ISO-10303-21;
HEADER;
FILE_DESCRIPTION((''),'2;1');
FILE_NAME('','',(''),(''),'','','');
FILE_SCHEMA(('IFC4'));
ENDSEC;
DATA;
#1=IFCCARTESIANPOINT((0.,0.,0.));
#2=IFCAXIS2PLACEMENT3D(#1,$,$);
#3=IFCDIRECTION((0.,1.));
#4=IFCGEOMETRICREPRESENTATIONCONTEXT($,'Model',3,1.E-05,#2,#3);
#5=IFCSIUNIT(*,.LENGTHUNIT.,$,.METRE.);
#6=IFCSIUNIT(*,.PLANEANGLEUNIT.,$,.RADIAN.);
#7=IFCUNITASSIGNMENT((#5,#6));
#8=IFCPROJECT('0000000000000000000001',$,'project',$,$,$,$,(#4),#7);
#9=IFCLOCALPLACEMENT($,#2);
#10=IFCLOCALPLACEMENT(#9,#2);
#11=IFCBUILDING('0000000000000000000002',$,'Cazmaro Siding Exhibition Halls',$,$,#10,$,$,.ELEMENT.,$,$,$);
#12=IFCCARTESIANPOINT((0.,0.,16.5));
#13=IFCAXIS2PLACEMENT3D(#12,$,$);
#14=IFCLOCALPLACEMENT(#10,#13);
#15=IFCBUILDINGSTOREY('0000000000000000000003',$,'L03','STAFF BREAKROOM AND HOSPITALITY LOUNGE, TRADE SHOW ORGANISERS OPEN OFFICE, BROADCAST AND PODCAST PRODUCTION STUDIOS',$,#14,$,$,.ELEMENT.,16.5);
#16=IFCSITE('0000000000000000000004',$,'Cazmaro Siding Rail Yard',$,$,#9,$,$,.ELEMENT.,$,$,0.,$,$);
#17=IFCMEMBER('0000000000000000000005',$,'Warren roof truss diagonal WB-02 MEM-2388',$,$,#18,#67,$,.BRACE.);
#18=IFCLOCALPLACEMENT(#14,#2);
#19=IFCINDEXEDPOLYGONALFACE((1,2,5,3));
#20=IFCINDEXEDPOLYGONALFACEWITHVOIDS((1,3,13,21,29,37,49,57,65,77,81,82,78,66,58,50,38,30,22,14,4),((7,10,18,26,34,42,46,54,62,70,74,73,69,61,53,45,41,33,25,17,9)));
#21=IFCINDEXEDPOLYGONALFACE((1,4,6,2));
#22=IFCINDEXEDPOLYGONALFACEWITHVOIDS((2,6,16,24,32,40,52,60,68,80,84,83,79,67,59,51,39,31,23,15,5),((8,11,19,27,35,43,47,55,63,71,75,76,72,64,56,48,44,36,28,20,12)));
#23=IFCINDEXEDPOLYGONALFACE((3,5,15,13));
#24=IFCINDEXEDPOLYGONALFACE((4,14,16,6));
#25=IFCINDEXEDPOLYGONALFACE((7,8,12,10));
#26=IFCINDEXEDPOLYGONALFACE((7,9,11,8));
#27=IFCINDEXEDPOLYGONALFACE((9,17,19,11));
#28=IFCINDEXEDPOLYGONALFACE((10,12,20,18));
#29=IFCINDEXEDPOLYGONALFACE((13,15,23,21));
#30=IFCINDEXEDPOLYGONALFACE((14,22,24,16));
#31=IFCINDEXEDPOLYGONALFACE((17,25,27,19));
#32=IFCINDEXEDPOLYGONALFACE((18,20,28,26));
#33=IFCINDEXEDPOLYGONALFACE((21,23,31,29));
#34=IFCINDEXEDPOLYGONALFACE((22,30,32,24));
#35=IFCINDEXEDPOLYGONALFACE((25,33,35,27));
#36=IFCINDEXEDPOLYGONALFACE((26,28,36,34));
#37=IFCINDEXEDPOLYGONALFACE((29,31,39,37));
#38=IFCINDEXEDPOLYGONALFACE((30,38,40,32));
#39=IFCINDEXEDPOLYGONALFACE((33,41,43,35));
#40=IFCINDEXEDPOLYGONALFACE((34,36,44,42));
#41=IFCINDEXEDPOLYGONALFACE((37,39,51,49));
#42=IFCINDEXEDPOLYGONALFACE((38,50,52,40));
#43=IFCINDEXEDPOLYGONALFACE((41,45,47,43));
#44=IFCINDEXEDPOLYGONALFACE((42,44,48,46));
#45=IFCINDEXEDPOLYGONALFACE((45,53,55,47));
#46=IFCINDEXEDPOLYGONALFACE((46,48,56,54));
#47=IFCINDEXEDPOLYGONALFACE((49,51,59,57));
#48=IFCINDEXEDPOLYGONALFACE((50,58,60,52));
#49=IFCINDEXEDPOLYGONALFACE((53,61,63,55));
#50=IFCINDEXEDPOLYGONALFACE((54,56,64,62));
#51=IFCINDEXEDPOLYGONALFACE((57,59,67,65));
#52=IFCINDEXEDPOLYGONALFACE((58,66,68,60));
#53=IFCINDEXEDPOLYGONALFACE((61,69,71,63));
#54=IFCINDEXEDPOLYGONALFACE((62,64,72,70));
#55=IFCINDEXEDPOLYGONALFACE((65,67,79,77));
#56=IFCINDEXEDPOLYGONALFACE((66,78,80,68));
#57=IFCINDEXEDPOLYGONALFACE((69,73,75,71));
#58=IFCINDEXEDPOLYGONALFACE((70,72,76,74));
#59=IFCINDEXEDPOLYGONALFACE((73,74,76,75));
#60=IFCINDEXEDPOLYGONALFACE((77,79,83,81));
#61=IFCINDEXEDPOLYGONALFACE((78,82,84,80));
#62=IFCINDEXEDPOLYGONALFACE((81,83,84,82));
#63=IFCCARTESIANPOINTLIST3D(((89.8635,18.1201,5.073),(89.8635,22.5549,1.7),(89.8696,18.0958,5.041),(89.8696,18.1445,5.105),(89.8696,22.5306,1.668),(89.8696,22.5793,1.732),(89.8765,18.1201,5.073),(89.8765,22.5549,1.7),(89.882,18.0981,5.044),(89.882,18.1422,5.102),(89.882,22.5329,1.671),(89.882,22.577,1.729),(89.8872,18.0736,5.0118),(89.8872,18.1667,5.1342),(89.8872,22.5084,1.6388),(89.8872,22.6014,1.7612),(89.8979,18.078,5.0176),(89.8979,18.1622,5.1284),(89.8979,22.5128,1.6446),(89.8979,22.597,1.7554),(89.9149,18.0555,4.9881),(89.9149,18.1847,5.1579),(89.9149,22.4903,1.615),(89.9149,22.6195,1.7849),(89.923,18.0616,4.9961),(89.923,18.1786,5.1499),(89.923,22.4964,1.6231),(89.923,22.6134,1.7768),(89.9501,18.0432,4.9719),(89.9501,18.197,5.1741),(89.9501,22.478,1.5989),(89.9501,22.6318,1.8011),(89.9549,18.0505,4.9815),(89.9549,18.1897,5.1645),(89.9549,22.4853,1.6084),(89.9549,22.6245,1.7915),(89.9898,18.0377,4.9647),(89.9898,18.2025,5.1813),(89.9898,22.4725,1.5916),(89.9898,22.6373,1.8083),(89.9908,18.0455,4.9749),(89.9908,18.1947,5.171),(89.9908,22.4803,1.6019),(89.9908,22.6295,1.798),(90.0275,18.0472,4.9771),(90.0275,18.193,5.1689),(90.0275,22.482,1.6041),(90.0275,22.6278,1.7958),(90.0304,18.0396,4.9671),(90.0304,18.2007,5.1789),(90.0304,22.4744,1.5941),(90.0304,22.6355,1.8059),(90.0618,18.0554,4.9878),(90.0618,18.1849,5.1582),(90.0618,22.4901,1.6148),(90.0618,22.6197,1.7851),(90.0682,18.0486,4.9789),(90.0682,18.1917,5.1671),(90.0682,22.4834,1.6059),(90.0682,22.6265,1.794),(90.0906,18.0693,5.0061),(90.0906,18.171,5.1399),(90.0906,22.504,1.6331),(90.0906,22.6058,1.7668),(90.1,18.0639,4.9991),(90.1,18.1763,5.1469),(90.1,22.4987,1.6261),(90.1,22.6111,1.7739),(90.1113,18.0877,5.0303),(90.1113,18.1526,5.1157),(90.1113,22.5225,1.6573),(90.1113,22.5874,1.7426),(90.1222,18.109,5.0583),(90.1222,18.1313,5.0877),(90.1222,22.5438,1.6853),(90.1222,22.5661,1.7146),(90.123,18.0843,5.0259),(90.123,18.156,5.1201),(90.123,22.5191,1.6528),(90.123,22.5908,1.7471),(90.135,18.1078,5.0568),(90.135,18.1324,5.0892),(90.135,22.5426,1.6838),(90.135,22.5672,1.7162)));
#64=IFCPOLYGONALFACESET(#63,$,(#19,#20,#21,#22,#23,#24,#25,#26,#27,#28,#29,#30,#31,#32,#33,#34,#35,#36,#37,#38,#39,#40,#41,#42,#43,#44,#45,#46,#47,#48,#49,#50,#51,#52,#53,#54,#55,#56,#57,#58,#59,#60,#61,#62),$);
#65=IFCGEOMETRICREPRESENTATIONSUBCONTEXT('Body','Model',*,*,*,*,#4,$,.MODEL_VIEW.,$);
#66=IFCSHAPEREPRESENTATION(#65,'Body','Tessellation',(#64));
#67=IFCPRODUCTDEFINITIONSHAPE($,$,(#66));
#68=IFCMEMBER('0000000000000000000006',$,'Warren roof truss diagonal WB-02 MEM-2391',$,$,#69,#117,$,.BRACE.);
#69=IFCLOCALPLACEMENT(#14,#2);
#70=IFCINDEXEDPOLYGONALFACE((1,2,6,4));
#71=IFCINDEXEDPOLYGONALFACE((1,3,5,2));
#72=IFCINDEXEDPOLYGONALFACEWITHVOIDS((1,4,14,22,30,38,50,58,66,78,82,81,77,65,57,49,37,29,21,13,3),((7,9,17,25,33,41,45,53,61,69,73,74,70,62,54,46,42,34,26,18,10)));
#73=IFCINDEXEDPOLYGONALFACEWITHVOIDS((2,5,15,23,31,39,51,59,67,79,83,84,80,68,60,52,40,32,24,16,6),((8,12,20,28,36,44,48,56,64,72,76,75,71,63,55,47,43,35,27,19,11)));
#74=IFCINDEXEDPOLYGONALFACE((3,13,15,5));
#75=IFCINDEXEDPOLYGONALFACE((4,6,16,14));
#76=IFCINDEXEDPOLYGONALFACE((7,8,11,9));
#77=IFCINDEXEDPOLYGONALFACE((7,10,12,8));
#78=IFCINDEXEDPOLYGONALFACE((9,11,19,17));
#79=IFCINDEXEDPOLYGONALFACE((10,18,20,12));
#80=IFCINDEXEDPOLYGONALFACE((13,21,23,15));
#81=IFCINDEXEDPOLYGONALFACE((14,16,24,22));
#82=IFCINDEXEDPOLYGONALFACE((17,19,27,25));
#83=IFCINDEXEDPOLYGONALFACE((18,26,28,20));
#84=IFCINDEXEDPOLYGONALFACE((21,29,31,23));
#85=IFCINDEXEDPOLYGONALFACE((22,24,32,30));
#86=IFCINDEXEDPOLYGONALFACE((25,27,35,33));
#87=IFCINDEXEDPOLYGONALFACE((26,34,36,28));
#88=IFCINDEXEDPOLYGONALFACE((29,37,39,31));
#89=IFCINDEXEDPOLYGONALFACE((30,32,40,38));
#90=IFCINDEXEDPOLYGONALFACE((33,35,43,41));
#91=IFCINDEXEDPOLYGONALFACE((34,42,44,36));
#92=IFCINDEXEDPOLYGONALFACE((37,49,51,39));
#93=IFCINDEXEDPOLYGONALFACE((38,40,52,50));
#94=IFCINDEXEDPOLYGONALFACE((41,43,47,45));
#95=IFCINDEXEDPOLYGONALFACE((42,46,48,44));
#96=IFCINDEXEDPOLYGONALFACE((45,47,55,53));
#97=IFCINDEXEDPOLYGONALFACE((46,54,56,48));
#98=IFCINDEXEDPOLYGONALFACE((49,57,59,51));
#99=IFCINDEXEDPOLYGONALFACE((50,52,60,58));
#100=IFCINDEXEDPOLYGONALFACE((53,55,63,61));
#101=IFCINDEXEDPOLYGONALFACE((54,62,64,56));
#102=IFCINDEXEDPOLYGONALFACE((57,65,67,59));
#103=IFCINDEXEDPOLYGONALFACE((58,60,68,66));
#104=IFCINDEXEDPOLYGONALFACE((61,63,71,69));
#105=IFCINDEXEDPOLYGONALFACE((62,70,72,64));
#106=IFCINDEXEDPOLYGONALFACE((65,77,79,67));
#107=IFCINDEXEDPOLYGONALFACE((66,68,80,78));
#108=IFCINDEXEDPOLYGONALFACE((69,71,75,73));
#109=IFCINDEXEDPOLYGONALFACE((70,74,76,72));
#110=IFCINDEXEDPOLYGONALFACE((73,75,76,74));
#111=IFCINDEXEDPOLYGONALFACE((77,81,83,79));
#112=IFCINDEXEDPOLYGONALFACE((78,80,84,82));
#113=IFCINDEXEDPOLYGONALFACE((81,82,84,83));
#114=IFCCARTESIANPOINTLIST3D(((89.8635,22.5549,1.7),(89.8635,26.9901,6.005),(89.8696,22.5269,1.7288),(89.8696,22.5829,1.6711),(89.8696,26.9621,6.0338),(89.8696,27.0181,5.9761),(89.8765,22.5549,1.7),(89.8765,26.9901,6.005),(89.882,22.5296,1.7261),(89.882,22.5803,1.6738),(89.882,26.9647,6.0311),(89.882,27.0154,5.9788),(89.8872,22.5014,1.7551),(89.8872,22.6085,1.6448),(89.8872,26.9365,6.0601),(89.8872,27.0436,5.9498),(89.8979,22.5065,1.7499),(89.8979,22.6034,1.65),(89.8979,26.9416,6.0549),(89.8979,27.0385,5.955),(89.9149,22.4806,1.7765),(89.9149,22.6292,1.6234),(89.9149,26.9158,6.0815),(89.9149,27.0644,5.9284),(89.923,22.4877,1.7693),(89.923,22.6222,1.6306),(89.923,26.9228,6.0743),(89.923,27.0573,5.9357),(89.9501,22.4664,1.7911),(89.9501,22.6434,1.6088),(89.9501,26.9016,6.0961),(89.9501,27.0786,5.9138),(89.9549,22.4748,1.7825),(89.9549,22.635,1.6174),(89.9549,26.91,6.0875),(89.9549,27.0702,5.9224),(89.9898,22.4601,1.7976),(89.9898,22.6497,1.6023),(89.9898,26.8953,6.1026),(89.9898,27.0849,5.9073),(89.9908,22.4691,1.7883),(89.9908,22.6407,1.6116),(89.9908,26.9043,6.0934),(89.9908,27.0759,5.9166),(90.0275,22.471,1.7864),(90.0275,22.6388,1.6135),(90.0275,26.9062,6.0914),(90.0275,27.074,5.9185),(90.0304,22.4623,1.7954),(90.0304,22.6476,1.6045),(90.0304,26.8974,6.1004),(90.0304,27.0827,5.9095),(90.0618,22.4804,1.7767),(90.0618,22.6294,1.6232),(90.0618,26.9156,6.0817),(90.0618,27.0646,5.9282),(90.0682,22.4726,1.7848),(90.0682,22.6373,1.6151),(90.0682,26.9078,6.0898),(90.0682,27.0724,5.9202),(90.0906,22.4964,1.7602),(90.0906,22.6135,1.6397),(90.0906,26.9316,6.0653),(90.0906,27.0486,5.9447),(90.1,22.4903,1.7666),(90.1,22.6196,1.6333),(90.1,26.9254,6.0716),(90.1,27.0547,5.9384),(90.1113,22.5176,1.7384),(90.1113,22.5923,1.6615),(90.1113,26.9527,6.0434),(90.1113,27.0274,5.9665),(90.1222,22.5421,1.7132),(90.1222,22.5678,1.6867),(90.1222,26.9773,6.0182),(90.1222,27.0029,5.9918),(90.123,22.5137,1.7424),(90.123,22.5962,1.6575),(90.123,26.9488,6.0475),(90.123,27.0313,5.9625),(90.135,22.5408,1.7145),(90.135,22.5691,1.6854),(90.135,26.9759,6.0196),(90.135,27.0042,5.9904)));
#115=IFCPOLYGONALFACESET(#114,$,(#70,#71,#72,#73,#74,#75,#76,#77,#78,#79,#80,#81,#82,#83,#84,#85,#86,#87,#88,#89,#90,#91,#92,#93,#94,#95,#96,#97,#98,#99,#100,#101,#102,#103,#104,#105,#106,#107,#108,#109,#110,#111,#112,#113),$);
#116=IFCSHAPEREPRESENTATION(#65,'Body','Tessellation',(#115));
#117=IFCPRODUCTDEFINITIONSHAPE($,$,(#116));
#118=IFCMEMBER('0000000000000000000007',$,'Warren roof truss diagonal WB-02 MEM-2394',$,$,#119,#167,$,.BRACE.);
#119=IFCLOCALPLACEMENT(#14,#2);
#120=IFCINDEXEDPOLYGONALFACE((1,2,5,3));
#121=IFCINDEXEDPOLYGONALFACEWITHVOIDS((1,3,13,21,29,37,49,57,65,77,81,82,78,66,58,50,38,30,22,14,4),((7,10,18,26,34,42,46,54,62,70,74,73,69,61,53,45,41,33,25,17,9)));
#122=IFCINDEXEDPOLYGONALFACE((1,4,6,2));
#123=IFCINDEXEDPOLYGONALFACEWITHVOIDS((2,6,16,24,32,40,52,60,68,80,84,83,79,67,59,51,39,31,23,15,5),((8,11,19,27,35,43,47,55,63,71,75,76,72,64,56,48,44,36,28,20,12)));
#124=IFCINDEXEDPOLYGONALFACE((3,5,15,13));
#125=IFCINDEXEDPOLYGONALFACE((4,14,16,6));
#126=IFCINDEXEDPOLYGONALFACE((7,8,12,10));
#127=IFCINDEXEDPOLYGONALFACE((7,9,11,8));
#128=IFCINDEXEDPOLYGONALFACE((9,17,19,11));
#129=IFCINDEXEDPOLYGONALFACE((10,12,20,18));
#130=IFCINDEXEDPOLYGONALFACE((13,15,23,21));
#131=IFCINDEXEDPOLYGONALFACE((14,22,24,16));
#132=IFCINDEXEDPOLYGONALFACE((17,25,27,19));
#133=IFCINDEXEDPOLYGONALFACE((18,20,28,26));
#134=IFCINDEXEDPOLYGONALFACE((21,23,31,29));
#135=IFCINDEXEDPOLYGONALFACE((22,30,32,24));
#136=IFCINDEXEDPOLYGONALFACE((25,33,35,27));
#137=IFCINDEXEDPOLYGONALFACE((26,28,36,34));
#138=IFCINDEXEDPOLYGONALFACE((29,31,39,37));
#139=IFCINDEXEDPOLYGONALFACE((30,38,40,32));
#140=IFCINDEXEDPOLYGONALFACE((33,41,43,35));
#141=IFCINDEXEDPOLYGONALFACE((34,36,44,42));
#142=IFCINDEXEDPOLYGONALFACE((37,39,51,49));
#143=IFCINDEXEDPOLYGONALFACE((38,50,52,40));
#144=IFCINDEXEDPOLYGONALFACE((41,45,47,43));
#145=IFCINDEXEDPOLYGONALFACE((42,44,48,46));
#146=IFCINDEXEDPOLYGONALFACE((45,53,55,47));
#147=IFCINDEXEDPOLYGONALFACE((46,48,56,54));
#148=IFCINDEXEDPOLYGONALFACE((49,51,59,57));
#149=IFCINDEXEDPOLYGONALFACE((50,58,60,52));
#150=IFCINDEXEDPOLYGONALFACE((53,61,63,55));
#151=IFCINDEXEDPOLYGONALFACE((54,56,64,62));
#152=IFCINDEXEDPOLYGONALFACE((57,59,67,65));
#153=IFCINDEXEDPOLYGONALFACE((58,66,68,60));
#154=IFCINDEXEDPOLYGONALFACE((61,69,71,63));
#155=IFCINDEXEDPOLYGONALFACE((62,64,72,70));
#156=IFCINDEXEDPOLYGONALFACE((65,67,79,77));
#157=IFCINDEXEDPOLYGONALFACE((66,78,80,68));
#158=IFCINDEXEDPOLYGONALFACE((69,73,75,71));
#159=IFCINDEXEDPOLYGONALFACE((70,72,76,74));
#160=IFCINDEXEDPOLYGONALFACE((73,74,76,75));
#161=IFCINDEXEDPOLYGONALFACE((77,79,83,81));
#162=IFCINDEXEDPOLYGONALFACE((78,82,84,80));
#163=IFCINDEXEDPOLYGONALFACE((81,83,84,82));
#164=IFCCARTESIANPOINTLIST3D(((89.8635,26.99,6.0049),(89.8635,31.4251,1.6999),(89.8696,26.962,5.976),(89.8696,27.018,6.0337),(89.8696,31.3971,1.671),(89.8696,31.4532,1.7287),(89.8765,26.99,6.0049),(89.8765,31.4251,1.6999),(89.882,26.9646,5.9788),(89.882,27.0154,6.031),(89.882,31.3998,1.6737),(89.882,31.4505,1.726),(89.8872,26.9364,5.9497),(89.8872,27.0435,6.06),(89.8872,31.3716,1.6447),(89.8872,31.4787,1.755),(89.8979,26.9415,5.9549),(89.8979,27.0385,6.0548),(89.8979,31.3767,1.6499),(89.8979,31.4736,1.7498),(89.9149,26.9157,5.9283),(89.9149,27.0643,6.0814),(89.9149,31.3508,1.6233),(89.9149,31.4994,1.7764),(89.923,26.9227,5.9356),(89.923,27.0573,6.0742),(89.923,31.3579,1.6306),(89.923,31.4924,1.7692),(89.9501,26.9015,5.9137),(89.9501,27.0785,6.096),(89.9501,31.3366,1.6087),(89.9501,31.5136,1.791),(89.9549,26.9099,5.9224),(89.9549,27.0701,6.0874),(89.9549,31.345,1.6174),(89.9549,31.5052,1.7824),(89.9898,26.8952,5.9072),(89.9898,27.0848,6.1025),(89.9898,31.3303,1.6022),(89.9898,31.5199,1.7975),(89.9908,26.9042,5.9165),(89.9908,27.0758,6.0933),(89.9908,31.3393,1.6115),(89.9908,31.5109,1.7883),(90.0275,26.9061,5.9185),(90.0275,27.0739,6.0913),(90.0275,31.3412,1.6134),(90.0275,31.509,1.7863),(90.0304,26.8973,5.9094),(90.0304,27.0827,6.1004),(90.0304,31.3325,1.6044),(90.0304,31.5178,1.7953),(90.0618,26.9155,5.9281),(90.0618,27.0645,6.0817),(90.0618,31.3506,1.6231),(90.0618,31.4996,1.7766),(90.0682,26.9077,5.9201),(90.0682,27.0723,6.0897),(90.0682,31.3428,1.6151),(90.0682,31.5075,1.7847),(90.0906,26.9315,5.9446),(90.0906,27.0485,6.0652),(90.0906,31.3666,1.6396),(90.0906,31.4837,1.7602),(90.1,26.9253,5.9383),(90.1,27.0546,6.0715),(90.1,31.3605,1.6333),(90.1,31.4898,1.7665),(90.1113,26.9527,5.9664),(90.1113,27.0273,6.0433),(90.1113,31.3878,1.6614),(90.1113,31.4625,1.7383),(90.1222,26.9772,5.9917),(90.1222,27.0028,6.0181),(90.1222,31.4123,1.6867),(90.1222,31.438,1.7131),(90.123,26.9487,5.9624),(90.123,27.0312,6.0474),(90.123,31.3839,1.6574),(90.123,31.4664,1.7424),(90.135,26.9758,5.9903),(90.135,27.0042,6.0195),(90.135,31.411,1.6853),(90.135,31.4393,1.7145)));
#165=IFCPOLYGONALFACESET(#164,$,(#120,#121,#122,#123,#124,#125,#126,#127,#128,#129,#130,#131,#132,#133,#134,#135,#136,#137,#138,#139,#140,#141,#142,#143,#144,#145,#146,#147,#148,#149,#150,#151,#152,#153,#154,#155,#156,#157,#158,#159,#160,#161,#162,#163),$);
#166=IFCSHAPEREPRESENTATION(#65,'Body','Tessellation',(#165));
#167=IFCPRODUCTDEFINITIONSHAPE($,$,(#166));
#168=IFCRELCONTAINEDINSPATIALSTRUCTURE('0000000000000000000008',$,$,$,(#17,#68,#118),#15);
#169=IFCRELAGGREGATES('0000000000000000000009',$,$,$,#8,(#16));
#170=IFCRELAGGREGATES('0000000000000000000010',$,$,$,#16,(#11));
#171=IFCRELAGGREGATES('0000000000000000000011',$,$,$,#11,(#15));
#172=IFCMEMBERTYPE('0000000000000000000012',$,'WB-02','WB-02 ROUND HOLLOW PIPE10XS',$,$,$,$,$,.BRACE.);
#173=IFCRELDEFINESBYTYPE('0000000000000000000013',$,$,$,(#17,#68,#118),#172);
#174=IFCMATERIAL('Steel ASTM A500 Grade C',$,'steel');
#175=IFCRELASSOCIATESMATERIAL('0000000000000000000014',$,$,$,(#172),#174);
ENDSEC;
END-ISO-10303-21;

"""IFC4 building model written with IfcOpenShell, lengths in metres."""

from ifc_helpers import new_model, si_unit, direction, frame, origin, origin_2d, place, context, subcontext, project, spatial, hollow_circle, extrude, material, material_profile, profile_set, type_object, element, save


model = new_model("IFC4")

# Units and contexts
model_context = context("Model", 3, precision=1e-05, world=origin(), true_north=direction((0.0, 1.0)))
body_context = subcontext(model_context, "Body", "Model", "MODEL_VIEW")
ifc_project = project(units=[si_unit("LENGTHUNIT", "METRE"), si_unit("PLANEANGLEUNIT", "RADIAN")], contexts=[model_context])

# Site, building, storey
site_placement = place(None, origin())
site = spatial("IfcSite", under=ifc_project, at=site_placement, Name="Cazmaro Siding Rail Yard", CompositionType="ELEMENT", RefElevation=0.0)
building_placement = place(site_placement, origin())
building = spatial("IfcBuilding", under=site, at=building_placement, Name="Cazmaro Siding Exhibition Halls", CompositionType="ELEMENT")
storey_placement = place(building_placement, frame((0.0, 0.0, 16.5)))
storey = spatial("IfcBuildingStorey", under=building, at=storey_placement, Name="L03", Description="STAFF BREAKROOM AND HOSPITALITY LOUNGE, TRADE SHOW ORGANISERS OPEN OFFICE, BROADCAST AND PODCAST PRODUCTION STUDIOS", CompositionType="ELEMENT", Elevation=16.5)

# Members
ifc_material_1 = material(Name="Steel ASTM A500 Grade C", Category="steel")
ifc_material_profile_1 = material_profile(ifc_material_1, hollow_circle(Radius=0.1365, WallThickness=0.0129, at=origin_2d()), Name="PIPE10XS")
ifc_profile_set_1 = profile_set([ifc_material_profile_1], Name="Steel ASTM A500 Grade C")
member_type_1 = type_object("IfcMemberType", Name="WB-02", Description="WB-02 ROUND HOLLOW PIPE10XS", PredefinedType="BRACE", material=ifc_profile_set_1)
member_1_placement = place(storey_placement, frame((90.0, 18.1201, 5.073), z_axis=(0.0, 0.795938, -0.605378), x_axis=(-1.0, 0.0, 0.0)))
element("IfcMember", 1, at=member_1_placement, inside=storey, type_object=member_type_1, Name="Warren roof truss diagonal WB-02 MEM-2388", PredefinedType="BRACE", context=body_context, shape_type="SweptSolid", body=[
    extrude(hollow_circle(Radius=0.1365, WallThickness=0.0129, at=origin_2d()), origin(), (0.0, 0.0, 1.0), 5.5718),
])
for number, where, z_axis, x_axis, name in (
    (2, (90.0, 22.5549, 1.7), (0.0, 0.717555, 0.696502), (-1.0, 0.0, 0.0), "Warren roof truss diagonal WB-02 MEM-2391"),
    (3, (90.0, 26.99, 6.0049), (0.0, 0.717555, -0.696502), (-1.0, 0.0, 0.0), "Warren roof truss diagonal WB-02 MEM-2394"),
):
    element("IfcMember", number, at=place(storey_placement, frame(where, z_axis=z_axis, x_axis=x_axis)), inside=storey, type_object=member_type_1, Name=name, PredefinedType="BRACE", context=body_context, shape_type="SweptSolid", body=[
        extrude(hollow_circle(Radius=0.1365, WallThickness=0.0129, at=origin_2d()), origin(), (0.0, 0.0, 1.0), 6.1809),
    ])

save(model, "model.ifc")
